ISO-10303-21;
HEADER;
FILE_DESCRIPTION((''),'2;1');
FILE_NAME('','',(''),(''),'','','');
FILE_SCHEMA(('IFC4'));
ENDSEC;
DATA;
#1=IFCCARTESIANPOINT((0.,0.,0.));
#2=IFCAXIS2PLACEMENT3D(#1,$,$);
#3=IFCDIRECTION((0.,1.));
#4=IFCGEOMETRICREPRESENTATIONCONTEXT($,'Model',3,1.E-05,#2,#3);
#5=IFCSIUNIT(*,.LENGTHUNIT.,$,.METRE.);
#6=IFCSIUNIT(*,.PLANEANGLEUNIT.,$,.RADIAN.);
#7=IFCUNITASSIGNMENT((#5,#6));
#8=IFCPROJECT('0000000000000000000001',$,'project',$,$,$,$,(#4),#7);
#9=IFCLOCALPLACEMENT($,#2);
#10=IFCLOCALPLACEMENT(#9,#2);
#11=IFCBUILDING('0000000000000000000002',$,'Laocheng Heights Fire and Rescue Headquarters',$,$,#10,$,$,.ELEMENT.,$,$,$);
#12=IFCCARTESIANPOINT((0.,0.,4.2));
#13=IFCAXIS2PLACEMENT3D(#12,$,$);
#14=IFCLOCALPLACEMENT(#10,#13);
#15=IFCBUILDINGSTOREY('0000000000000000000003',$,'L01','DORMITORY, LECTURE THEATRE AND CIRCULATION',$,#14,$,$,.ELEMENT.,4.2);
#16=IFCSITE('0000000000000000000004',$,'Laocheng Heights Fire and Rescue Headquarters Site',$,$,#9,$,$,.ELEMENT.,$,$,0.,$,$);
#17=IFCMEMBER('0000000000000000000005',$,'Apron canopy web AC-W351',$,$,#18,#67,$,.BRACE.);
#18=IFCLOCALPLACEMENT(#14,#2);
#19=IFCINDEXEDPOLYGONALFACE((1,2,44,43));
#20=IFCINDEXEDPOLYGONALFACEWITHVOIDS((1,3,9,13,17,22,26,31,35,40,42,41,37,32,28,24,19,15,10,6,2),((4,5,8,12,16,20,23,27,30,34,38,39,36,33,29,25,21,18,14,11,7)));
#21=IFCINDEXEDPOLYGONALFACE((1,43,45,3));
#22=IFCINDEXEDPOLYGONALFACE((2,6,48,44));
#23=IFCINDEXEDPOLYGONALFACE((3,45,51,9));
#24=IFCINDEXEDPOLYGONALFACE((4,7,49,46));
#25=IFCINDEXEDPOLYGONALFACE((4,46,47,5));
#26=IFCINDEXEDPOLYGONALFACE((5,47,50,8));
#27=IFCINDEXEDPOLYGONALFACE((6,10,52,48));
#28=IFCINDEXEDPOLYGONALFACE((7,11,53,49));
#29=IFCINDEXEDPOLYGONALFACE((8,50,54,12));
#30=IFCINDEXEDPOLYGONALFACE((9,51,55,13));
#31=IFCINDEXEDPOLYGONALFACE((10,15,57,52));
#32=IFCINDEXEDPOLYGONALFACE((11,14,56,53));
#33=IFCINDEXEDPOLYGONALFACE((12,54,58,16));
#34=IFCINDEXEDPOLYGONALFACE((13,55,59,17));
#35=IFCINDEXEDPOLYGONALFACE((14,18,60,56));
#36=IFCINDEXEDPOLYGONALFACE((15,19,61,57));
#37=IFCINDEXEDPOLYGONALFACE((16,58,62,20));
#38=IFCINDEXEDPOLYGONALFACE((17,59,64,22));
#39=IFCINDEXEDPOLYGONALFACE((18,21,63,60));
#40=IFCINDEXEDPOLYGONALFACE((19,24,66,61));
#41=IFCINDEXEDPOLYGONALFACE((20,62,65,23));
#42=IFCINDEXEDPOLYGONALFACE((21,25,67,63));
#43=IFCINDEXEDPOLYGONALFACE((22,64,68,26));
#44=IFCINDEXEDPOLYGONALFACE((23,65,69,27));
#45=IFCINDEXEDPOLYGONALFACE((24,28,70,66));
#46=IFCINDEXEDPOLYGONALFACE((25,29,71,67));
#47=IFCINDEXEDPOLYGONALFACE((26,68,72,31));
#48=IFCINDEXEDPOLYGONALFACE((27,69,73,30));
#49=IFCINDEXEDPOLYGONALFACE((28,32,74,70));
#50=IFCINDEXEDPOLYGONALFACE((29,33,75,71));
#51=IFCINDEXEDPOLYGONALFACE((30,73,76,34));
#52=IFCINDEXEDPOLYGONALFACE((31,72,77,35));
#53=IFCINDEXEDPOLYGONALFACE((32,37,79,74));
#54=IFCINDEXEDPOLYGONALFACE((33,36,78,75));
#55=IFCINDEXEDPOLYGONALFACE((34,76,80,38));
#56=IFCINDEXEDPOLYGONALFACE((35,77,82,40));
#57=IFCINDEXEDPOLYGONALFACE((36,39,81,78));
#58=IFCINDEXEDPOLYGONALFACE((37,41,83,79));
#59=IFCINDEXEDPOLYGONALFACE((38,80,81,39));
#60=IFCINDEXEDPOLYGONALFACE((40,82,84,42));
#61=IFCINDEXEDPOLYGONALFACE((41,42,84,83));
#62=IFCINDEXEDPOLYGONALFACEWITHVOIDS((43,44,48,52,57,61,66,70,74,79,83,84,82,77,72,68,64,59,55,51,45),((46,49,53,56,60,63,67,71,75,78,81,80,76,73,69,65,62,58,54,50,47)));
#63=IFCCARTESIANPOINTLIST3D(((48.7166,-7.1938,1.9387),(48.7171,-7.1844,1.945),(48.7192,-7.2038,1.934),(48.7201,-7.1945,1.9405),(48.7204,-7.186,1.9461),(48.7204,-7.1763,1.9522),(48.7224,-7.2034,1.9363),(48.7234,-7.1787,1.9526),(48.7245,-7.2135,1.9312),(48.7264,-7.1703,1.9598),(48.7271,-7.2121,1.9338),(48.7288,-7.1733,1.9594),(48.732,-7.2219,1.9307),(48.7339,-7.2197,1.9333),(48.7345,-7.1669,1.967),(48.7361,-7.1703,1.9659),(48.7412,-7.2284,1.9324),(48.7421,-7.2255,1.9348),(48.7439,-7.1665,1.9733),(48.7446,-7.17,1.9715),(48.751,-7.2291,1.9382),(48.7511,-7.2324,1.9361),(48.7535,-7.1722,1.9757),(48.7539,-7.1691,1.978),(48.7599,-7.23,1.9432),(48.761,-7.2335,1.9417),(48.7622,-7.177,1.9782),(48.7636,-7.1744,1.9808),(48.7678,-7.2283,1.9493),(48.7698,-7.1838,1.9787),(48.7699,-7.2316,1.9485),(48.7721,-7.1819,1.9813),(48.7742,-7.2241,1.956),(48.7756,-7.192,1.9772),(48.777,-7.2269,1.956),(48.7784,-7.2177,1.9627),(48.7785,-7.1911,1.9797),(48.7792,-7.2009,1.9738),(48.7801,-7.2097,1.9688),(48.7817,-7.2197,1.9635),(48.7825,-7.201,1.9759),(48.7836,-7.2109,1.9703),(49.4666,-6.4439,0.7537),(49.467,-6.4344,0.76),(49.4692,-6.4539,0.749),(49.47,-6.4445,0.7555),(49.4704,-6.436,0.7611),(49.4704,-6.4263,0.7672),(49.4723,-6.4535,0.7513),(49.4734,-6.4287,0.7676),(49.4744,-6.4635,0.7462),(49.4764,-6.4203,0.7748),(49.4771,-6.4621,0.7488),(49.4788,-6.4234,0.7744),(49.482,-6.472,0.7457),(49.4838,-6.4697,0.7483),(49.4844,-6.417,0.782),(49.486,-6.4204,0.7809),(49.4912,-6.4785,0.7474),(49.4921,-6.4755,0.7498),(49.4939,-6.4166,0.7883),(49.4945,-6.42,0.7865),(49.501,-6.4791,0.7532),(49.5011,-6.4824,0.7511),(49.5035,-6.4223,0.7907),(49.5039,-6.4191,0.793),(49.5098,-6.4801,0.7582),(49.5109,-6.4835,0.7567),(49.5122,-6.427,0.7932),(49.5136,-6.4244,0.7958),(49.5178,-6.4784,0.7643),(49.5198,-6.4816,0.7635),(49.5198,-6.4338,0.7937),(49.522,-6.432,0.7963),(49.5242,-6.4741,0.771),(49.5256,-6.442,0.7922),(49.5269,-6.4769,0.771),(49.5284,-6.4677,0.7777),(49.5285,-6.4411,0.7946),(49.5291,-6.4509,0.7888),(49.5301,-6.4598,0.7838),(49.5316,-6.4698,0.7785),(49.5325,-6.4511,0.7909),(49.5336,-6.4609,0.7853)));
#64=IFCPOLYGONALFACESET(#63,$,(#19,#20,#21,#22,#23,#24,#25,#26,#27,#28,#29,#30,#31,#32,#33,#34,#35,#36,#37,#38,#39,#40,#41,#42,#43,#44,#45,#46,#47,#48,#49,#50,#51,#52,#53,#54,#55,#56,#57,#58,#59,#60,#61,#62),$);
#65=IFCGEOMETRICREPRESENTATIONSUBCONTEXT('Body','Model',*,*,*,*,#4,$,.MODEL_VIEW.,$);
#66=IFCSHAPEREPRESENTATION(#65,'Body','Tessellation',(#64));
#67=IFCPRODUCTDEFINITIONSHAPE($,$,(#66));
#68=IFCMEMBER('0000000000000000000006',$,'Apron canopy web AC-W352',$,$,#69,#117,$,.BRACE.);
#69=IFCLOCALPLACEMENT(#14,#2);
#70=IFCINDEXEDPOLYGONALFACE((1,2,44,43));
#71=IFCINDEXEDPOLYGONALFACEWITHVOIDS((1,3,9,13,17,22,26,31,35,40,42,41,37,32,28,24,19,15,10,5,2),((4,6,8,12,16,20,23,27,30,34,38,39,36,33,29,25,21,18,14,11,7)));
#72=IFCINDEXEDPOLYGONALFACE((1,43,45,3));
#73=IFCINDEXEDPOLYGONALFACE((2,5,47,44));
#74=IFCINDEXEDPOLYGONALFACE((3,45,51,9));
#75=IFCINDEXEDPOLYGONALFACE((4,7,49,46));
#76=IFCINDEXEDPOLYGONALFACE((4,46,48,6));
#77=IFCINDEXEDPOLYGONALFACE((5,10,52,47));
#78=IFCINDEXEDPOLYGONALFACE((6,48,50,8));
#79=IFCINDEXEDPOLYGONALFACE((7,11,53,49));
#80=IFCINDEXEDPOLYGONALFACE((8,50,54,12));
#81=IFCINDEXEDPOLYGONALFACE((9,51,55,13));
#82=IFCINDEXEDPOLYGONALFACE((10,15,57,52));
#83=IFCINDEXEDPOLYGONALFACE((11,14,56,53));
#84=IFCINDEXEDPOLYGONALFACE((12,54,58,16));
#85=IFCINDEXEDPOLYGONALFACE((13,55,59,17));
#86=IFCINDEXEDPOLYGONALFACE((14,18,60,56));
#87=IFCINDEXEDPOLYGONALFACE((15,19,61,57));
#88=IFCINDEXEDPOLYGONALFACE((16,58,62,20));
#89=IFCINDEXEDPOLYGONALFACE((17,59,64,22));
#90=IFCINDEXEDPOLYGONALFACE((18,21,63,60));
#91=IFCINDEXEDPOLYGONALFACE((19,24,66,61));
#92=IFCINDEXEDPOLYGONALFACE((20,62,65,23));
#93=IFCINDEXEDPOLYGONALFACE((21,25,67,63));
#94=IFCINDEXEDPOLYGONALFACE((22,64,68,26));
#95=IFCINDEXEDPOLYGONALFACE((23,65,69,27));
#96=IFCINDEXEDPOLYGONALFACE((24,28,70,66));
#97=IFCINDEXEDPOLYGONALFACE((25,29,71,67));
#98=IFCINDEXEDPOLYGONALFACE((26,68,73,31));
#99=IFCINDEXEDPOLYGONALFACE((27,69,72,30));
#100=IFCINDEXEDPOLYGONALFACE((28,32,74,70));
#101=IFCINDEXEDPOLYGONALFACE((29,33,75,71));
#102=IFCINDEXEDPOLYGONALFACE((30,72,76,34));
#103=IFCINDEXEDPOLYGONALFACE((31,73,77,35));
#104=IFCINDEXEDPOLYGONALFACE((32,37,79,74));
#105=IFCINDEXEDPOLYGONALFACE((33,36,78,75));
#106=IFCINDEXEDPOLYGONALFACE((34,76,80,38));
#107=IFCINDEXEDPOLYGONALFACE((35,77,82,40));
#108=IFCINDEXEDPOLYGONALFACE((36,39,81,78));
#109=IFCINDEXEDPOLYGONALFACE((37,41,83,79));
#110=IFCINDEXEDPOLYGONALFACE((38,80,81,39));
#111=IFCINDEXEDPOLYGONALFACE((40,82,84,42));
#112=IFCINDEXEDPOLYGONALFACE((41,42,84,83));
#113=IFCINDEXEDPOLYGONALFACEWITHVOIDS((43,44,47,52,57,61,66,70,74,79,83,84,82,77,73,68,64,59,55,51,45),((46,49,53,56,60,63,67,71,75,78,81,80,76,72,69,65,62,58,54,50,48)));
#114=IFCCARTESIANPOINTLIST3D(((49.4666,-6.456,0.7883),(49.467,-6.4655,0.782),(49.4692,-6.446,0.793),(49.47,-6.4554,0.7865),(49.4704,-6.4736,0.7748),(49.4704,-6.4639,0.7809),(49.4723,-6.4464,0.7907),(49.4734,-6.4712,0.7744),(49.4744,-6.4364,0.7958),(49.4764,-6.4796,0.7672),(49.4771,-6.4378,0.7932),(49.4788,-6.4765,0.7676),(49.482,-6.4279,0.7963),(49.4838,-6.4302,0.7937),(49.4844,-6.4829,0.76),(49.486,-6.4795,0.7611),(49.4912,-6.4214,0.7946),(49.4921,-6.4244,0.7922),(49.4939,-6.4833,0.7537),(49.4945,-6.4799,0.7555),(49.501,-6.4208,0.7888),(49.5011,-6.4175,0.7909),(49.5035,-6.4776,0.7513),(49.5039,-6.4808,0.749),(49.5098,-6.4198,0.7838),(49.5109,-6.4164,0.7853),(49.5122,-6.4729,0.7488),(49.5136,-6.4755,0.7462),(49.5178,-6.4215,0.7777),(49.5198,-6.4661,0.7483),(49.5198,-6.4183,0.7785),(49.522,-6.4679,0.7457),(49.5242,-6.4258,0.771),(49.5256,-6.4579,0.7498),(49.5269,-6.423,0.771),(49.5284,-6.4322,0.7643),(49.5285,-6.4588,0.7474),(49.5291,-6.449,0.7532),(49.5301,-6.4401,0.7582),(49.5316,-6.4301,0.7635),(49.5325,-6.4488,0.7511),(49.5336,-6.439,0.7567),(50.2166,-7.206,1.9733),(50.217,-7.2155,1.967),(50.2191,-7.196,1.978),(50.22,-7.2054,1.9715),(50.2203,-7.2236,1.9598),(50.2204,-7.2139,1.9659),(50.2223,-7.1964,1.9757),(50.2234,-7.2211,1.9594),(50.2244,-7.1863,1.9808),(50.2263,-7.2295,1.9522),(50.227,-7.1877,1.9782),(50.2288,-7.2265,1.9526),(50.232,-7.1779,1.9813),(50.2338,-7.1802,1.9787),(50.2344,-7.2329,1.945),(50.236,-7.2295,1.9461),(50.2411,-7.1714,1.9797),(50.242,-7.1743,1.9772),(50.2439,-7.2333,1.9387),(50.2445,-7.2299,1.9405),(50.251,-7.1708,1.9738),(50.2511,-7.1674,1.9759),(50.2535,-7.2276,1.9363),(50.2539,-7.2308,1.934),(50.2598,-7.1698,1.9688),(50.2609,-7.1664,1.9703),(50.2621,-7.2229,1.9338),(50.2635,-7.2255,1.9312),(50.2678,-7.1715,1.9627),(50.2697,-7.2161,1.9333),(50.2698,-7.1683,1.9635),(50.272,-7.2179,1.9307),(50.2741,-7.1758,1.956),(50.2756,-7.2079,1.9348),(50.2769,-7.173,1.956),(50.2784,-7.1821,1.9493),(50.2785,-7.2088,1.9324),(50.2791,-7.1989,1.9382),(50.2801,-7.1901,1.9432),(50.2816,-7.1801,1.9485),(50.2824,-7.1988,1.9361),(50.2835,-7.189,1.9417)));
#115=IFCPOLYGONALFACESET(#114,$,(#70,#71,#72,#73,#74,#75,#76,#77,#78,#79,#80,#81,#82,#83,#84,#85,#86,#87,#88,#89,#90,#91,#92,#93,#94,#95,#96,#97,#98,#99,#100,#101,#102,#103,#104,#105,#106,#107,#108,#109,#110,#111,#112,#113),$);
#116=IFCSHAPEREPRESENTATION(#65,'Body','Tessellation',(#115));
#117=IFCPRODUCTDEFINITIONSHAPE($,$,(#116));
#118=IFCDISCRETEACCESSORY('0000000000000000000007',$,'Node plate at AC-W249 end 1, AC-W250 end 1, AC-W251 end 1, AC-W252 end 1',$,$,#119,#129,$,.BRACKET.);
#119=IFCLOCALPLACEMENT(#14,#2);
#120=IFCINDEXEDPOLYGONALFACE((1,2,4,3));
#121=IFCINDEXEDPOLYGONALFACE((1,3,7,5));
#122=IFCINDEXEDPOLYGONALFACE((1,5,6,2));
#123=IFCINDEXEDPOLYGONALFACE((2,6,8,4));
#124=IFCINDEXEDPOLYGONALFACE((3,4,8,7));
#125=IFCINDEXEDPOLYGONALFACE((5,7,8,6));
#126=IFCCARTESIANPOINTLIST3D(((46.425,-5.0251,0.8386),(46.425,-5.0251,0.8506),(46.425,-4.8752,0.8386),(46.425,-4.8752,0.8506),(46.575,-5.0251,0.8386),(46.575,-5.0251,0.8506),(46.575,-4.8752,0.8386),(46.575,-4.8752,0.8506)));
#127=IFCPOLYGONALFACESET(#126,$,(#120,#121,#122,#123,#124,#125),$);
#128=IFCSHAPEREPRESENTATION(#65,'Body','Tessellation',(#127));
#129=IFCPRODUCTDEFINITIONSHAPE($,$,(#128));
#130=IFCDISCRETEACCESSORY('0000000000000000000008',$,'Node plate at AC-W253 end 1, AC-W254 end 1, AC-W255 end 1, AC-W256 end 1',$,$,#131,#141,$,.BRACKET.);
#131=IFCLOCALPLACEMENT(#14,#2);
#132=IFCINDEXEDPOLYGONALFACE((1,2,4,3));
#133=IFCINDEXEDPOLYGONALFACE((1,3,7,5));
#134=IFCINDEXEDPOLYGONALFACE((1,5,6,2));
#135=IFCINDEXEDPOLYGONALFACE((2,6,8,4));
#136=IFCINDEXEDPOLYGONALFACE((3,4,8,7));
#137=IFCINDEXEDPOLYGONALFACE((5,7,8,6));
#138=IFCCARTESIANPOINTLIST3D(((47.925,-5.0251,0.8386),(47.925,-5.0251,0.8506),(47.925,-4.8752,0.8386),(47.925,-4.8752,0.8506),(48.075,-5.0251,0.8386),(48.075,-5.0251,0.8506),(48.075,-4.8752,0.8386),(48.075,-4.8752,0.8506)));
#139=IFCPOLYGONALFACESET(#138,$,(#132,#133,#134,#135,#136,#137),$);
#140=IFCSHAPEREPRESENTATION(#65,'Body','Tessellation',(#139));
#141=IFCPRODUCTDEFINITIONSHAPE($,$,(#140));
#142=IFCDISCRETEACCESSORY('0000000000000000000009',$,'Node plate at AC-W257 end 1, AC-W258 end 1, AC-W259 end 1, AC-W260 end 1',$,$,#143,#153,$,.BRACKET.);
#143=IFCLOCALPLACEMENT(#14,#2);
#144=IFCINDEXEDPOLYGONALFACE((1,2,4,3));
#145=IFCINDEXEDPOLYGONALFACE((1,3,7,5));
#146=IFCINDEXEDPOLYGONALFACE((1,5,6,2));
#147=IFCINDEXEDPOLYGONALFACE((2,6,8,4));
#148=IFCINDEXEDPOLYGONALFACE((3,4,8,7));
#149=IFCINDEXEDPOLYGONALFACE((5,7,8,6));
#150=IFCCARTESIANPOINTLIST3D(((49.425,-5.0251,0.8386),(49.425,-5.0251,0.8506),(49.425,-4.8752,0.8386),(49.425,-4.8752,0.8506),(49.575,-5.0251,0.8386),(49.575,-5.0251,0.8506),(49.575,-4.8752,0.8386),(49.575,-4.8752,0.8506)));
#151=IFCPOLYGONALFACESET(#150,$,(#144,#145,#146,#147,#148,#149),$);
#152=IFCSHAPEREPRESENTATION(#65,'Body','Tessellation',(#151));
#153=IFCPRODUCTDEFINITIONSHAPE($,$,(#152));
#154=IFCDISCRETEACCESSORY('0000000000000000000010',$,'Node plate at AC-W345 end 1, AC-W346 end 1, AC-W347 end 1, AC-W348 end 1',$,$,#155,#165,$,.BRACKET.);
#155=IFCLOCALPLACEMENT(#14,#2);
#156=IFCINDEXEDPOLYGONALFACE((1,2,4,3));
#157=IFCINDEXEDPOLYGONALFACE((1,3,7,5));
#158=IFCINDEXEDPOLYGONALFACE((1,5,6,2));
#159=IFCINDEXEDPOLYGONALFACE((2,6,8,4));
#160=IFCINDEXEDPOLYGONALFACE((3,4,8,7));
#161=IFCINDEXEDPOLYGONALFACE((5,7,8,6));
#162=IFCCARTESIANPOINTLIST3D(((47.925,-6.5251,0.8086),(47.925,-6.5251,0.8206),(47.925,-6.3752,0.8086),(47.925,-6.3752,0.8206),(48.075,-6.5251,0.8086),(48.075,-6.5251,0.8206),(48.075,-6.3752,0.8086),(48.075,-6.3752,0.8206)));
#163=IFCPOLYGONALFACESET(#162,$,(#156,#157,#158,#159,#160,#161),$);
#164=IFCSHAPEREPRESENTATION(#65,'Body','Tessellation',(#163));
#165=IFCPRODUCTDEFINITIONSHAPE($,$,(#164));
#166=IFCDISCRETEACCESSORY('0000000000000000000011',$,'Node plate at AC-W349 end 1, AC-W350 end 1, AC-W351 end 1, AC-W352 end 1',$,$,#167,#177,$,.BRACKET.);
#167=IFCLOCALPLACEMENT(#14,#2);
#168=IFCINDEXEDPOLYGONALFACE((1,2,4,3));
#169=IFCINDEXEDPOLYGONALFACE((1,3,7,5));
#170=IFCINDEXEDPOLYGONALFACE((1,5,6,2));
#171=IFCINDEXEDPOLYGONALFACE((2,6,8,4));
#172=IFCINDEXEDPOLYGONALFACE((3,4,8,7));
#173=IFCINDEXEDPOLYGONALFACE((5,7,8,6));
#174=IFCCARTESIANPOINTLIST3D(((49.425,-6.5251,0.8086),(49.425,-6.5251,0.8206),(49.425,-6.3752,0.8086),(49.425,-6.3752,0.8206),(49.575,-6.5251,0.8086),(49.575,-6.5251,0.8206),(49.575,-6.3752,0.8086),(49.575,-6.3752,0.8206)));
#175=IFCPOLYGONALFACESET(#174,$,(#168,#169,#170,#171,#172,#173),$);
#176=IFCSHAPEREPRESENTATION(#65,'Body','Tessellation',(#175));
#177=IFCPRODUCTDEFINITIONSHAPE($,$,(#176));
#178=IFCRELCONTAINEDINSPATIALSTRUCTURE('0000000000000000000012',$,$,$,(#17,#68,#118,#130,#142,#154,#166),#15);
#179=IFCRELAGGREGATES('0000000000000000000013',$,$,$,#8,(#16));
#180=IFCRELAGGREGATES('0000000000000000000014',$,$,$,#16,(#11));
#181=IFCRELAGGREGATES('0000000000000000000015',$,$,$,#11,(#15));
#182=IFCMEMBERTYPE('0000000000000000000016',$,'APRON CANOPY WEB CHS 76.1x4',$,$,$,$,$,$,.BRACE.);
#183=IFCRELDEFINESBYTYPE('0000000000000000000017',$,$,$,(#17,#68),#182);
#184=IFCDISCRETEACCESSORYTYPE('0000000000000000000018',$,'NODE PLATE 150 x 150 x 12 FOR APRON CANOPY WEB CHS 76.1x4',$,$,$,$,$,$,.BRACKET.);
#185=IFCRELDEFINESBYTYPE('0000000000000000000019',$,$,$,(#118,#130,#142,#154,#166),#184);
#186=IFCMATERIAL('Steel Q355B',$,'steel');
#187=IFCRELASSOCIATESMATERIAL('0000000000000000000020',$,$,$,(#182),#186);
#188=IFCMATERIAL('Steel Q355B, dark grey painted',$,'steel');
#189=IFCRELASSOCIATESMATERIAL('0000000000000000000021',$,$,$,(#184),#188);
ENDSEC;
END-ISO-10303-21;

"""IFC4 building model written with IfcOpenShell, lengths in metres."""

from ifc_helpers import new_model, si_unit, direction, frame, origin, origin_2d, place, context, subcontext, project, spatial, rectangle, hollow_circle, extrude, material, material_profile, profile_set, type_object, element, save


model = new_model("IFC4")

# Units and contexts
model_context = context("Model", 3, precision=1e-05, world=origin(), true_north=direction((0.0, 1.0)))
body_context = subcontext(model_context, "Body", "Model", "MODEL_VIEW")
ifc_project = project(units=[si_unit("LENGTHUNIT", "METRE"), si_unit("PLANEANGLEUNIT", "RADIAN")], contexts=[model_context])

# Site, building, storey
site_placement = place(None, origin())
site = spatial("IfcSite", under=ifc_project, at=site_placement, Name="Laocheng Heights Fire and Rescue Headquarters Site", CompositionType="ELEMENT", RefElevation=0.0)
building_placement = place(site_placement, origin())
building = spatial("IfcBuilding", under=site, at=building_placement, Name="Laocheng Heights Fire and Rescue Headquarters", CompositionType="ELEMENT")
storey_placement = place(building_placement, frame((0.0, 0.0, 4.2)))
storey = spatial("IfcBuildingStorey", under=building, at=storey_placement, Name="L01", Description="DORMITORY, LECTURE THEATRE AND CIRCULATION", CompositionType="ELEMENT", Elevation=4.2)

# Members
ifc_material_1 = material(Name="Steel Q355B", Category="steel")
ifc_material_profile_1 = material_profile(ifc_material_1, hollow_circle(Radius=0.0381, WallThickness=0.0039, at=origin_2d()), Name="CHS 76.1x4")
ifc_profile_set_1 = profile_set([ifc_material_profile_1], Name="Steel Q355B")
member_type_1 = type_object("IfcMemberType", Name="APRON CANOPY WEB CHS 76.1x4", PredefinedType="BRACE", material=ifc_profile_set_1)
for number, where, z_axis, x_axis, name in (
    (1, (49.5, -6.45, 0.771), (-0.47158, -0.47158, 0.745134), (0.707107, -0.707107, 0.0), "Apron canopy web AC-W351"),
    (2, (49.5, -6.45, 0.771), (0.47158, -0.47158, 0.745134), (0.707107, 0.707107, 0.0), "Apron canopy web AC-W352"),
):
    element("IfcMember", number, at=place(storey_placement, frame(where, z_axis=z_axis, x_axis=x_axis)), inside=storey, type_object=member_type_1, Name=name, PredefinedType="BRACE", context=body_context, shape_type="SweptSolid", body=[
        extrude(hollow_circle(Radius=0.0381, WallThickness=0.0039, at=origin_2d()), origin(), (0.0, 0.0, 1.0), 1.5903),
    ])

# Discrete accessories
ifc_material_2 = material(Name="Steel Q355B, dark grey painted", Category="steel")
ifc_material_profile_2 = material_profile(ifc_material_2, rectangle(XDim=0.1499, YDim=0.1499, at=origin_2d()), Name="NODE PLATE 150 x 150 x 12 FOR APRON CANOPY WEB CHS 76.1x4")
ifc_profile_set_2 = profile_set([ifc_material_profile_2], Name="Steel Q355B, dark grey painted")
discrete_accessory_type = type_object("IfcDiscreteAccessoryType", Name="NODE PLATE 150 x 150 x 12 FOR APRON CANOPY WEB CHS 76.1x4", PredefinedType="BRACKET", material=ifc_profile_set_2)
for number, where, z_axis, x_axis, name in (
    (3, (46.5, -4.9502, 0.8386), (0.0, 0.0, 1.0), (1.0, 0.0, 0.0), "Node plate at AC-W249 end 1, AC-W250 end 1, AC-W251 end 1, AC-W252 end 1"),
    (4, (48.0, -4.9502, 0.8386), (0.0, 0.0, 1.0), (1.0, 0.0, 0.0), "Node plate at AC-W253 end 1, AC-W254 end 1, AC-W255 end 1, AC-W256 end 1"),
    (5, (49.5, -4.9502, 0.8386), (0.0, 0.0, 1.0), (1.0, 0.0, 0.0), "Node plate at AC-W257 end 1, AC-W258 end 1, AC-W259 end 1, AC-W260 end 1"),
    (6, (48.0, -6.4502, 0.8086), (0.0, 0.0, 1.0), (1.0, 0.0, 0.0), "Node plate at AC-W345 end 1, AC-W346 end 1, AC-W347 end 1, AC-W348 end 1"),
    (7, (49.5, -6.4502, 0.8086), (0.0, 0.0, 1.0), (1.0, 0.0, 0.0), "Node plate at AC-W349 end 1, AC-W350 end 1, AC-W351 end 1, AC-W352 end 1"),
):
    element("IfcDiscreteAccessory", number, at=place(storey_placement, frame(where, z_axis=z_axis, x_axis=x_axis)), inside=storey, type_object=discrete_accessory_type, Name=name, PredefinedType="BRACKET", context=body_context, shape_type="SweptSolid", body=[
        extrude(rectangle(XDim=0.1499, YDim=0.1499, at=origin_2d()), origin(), (0.0, 0.0, 1.0), 0.012),
    ])

save(model, "model.ifc")
